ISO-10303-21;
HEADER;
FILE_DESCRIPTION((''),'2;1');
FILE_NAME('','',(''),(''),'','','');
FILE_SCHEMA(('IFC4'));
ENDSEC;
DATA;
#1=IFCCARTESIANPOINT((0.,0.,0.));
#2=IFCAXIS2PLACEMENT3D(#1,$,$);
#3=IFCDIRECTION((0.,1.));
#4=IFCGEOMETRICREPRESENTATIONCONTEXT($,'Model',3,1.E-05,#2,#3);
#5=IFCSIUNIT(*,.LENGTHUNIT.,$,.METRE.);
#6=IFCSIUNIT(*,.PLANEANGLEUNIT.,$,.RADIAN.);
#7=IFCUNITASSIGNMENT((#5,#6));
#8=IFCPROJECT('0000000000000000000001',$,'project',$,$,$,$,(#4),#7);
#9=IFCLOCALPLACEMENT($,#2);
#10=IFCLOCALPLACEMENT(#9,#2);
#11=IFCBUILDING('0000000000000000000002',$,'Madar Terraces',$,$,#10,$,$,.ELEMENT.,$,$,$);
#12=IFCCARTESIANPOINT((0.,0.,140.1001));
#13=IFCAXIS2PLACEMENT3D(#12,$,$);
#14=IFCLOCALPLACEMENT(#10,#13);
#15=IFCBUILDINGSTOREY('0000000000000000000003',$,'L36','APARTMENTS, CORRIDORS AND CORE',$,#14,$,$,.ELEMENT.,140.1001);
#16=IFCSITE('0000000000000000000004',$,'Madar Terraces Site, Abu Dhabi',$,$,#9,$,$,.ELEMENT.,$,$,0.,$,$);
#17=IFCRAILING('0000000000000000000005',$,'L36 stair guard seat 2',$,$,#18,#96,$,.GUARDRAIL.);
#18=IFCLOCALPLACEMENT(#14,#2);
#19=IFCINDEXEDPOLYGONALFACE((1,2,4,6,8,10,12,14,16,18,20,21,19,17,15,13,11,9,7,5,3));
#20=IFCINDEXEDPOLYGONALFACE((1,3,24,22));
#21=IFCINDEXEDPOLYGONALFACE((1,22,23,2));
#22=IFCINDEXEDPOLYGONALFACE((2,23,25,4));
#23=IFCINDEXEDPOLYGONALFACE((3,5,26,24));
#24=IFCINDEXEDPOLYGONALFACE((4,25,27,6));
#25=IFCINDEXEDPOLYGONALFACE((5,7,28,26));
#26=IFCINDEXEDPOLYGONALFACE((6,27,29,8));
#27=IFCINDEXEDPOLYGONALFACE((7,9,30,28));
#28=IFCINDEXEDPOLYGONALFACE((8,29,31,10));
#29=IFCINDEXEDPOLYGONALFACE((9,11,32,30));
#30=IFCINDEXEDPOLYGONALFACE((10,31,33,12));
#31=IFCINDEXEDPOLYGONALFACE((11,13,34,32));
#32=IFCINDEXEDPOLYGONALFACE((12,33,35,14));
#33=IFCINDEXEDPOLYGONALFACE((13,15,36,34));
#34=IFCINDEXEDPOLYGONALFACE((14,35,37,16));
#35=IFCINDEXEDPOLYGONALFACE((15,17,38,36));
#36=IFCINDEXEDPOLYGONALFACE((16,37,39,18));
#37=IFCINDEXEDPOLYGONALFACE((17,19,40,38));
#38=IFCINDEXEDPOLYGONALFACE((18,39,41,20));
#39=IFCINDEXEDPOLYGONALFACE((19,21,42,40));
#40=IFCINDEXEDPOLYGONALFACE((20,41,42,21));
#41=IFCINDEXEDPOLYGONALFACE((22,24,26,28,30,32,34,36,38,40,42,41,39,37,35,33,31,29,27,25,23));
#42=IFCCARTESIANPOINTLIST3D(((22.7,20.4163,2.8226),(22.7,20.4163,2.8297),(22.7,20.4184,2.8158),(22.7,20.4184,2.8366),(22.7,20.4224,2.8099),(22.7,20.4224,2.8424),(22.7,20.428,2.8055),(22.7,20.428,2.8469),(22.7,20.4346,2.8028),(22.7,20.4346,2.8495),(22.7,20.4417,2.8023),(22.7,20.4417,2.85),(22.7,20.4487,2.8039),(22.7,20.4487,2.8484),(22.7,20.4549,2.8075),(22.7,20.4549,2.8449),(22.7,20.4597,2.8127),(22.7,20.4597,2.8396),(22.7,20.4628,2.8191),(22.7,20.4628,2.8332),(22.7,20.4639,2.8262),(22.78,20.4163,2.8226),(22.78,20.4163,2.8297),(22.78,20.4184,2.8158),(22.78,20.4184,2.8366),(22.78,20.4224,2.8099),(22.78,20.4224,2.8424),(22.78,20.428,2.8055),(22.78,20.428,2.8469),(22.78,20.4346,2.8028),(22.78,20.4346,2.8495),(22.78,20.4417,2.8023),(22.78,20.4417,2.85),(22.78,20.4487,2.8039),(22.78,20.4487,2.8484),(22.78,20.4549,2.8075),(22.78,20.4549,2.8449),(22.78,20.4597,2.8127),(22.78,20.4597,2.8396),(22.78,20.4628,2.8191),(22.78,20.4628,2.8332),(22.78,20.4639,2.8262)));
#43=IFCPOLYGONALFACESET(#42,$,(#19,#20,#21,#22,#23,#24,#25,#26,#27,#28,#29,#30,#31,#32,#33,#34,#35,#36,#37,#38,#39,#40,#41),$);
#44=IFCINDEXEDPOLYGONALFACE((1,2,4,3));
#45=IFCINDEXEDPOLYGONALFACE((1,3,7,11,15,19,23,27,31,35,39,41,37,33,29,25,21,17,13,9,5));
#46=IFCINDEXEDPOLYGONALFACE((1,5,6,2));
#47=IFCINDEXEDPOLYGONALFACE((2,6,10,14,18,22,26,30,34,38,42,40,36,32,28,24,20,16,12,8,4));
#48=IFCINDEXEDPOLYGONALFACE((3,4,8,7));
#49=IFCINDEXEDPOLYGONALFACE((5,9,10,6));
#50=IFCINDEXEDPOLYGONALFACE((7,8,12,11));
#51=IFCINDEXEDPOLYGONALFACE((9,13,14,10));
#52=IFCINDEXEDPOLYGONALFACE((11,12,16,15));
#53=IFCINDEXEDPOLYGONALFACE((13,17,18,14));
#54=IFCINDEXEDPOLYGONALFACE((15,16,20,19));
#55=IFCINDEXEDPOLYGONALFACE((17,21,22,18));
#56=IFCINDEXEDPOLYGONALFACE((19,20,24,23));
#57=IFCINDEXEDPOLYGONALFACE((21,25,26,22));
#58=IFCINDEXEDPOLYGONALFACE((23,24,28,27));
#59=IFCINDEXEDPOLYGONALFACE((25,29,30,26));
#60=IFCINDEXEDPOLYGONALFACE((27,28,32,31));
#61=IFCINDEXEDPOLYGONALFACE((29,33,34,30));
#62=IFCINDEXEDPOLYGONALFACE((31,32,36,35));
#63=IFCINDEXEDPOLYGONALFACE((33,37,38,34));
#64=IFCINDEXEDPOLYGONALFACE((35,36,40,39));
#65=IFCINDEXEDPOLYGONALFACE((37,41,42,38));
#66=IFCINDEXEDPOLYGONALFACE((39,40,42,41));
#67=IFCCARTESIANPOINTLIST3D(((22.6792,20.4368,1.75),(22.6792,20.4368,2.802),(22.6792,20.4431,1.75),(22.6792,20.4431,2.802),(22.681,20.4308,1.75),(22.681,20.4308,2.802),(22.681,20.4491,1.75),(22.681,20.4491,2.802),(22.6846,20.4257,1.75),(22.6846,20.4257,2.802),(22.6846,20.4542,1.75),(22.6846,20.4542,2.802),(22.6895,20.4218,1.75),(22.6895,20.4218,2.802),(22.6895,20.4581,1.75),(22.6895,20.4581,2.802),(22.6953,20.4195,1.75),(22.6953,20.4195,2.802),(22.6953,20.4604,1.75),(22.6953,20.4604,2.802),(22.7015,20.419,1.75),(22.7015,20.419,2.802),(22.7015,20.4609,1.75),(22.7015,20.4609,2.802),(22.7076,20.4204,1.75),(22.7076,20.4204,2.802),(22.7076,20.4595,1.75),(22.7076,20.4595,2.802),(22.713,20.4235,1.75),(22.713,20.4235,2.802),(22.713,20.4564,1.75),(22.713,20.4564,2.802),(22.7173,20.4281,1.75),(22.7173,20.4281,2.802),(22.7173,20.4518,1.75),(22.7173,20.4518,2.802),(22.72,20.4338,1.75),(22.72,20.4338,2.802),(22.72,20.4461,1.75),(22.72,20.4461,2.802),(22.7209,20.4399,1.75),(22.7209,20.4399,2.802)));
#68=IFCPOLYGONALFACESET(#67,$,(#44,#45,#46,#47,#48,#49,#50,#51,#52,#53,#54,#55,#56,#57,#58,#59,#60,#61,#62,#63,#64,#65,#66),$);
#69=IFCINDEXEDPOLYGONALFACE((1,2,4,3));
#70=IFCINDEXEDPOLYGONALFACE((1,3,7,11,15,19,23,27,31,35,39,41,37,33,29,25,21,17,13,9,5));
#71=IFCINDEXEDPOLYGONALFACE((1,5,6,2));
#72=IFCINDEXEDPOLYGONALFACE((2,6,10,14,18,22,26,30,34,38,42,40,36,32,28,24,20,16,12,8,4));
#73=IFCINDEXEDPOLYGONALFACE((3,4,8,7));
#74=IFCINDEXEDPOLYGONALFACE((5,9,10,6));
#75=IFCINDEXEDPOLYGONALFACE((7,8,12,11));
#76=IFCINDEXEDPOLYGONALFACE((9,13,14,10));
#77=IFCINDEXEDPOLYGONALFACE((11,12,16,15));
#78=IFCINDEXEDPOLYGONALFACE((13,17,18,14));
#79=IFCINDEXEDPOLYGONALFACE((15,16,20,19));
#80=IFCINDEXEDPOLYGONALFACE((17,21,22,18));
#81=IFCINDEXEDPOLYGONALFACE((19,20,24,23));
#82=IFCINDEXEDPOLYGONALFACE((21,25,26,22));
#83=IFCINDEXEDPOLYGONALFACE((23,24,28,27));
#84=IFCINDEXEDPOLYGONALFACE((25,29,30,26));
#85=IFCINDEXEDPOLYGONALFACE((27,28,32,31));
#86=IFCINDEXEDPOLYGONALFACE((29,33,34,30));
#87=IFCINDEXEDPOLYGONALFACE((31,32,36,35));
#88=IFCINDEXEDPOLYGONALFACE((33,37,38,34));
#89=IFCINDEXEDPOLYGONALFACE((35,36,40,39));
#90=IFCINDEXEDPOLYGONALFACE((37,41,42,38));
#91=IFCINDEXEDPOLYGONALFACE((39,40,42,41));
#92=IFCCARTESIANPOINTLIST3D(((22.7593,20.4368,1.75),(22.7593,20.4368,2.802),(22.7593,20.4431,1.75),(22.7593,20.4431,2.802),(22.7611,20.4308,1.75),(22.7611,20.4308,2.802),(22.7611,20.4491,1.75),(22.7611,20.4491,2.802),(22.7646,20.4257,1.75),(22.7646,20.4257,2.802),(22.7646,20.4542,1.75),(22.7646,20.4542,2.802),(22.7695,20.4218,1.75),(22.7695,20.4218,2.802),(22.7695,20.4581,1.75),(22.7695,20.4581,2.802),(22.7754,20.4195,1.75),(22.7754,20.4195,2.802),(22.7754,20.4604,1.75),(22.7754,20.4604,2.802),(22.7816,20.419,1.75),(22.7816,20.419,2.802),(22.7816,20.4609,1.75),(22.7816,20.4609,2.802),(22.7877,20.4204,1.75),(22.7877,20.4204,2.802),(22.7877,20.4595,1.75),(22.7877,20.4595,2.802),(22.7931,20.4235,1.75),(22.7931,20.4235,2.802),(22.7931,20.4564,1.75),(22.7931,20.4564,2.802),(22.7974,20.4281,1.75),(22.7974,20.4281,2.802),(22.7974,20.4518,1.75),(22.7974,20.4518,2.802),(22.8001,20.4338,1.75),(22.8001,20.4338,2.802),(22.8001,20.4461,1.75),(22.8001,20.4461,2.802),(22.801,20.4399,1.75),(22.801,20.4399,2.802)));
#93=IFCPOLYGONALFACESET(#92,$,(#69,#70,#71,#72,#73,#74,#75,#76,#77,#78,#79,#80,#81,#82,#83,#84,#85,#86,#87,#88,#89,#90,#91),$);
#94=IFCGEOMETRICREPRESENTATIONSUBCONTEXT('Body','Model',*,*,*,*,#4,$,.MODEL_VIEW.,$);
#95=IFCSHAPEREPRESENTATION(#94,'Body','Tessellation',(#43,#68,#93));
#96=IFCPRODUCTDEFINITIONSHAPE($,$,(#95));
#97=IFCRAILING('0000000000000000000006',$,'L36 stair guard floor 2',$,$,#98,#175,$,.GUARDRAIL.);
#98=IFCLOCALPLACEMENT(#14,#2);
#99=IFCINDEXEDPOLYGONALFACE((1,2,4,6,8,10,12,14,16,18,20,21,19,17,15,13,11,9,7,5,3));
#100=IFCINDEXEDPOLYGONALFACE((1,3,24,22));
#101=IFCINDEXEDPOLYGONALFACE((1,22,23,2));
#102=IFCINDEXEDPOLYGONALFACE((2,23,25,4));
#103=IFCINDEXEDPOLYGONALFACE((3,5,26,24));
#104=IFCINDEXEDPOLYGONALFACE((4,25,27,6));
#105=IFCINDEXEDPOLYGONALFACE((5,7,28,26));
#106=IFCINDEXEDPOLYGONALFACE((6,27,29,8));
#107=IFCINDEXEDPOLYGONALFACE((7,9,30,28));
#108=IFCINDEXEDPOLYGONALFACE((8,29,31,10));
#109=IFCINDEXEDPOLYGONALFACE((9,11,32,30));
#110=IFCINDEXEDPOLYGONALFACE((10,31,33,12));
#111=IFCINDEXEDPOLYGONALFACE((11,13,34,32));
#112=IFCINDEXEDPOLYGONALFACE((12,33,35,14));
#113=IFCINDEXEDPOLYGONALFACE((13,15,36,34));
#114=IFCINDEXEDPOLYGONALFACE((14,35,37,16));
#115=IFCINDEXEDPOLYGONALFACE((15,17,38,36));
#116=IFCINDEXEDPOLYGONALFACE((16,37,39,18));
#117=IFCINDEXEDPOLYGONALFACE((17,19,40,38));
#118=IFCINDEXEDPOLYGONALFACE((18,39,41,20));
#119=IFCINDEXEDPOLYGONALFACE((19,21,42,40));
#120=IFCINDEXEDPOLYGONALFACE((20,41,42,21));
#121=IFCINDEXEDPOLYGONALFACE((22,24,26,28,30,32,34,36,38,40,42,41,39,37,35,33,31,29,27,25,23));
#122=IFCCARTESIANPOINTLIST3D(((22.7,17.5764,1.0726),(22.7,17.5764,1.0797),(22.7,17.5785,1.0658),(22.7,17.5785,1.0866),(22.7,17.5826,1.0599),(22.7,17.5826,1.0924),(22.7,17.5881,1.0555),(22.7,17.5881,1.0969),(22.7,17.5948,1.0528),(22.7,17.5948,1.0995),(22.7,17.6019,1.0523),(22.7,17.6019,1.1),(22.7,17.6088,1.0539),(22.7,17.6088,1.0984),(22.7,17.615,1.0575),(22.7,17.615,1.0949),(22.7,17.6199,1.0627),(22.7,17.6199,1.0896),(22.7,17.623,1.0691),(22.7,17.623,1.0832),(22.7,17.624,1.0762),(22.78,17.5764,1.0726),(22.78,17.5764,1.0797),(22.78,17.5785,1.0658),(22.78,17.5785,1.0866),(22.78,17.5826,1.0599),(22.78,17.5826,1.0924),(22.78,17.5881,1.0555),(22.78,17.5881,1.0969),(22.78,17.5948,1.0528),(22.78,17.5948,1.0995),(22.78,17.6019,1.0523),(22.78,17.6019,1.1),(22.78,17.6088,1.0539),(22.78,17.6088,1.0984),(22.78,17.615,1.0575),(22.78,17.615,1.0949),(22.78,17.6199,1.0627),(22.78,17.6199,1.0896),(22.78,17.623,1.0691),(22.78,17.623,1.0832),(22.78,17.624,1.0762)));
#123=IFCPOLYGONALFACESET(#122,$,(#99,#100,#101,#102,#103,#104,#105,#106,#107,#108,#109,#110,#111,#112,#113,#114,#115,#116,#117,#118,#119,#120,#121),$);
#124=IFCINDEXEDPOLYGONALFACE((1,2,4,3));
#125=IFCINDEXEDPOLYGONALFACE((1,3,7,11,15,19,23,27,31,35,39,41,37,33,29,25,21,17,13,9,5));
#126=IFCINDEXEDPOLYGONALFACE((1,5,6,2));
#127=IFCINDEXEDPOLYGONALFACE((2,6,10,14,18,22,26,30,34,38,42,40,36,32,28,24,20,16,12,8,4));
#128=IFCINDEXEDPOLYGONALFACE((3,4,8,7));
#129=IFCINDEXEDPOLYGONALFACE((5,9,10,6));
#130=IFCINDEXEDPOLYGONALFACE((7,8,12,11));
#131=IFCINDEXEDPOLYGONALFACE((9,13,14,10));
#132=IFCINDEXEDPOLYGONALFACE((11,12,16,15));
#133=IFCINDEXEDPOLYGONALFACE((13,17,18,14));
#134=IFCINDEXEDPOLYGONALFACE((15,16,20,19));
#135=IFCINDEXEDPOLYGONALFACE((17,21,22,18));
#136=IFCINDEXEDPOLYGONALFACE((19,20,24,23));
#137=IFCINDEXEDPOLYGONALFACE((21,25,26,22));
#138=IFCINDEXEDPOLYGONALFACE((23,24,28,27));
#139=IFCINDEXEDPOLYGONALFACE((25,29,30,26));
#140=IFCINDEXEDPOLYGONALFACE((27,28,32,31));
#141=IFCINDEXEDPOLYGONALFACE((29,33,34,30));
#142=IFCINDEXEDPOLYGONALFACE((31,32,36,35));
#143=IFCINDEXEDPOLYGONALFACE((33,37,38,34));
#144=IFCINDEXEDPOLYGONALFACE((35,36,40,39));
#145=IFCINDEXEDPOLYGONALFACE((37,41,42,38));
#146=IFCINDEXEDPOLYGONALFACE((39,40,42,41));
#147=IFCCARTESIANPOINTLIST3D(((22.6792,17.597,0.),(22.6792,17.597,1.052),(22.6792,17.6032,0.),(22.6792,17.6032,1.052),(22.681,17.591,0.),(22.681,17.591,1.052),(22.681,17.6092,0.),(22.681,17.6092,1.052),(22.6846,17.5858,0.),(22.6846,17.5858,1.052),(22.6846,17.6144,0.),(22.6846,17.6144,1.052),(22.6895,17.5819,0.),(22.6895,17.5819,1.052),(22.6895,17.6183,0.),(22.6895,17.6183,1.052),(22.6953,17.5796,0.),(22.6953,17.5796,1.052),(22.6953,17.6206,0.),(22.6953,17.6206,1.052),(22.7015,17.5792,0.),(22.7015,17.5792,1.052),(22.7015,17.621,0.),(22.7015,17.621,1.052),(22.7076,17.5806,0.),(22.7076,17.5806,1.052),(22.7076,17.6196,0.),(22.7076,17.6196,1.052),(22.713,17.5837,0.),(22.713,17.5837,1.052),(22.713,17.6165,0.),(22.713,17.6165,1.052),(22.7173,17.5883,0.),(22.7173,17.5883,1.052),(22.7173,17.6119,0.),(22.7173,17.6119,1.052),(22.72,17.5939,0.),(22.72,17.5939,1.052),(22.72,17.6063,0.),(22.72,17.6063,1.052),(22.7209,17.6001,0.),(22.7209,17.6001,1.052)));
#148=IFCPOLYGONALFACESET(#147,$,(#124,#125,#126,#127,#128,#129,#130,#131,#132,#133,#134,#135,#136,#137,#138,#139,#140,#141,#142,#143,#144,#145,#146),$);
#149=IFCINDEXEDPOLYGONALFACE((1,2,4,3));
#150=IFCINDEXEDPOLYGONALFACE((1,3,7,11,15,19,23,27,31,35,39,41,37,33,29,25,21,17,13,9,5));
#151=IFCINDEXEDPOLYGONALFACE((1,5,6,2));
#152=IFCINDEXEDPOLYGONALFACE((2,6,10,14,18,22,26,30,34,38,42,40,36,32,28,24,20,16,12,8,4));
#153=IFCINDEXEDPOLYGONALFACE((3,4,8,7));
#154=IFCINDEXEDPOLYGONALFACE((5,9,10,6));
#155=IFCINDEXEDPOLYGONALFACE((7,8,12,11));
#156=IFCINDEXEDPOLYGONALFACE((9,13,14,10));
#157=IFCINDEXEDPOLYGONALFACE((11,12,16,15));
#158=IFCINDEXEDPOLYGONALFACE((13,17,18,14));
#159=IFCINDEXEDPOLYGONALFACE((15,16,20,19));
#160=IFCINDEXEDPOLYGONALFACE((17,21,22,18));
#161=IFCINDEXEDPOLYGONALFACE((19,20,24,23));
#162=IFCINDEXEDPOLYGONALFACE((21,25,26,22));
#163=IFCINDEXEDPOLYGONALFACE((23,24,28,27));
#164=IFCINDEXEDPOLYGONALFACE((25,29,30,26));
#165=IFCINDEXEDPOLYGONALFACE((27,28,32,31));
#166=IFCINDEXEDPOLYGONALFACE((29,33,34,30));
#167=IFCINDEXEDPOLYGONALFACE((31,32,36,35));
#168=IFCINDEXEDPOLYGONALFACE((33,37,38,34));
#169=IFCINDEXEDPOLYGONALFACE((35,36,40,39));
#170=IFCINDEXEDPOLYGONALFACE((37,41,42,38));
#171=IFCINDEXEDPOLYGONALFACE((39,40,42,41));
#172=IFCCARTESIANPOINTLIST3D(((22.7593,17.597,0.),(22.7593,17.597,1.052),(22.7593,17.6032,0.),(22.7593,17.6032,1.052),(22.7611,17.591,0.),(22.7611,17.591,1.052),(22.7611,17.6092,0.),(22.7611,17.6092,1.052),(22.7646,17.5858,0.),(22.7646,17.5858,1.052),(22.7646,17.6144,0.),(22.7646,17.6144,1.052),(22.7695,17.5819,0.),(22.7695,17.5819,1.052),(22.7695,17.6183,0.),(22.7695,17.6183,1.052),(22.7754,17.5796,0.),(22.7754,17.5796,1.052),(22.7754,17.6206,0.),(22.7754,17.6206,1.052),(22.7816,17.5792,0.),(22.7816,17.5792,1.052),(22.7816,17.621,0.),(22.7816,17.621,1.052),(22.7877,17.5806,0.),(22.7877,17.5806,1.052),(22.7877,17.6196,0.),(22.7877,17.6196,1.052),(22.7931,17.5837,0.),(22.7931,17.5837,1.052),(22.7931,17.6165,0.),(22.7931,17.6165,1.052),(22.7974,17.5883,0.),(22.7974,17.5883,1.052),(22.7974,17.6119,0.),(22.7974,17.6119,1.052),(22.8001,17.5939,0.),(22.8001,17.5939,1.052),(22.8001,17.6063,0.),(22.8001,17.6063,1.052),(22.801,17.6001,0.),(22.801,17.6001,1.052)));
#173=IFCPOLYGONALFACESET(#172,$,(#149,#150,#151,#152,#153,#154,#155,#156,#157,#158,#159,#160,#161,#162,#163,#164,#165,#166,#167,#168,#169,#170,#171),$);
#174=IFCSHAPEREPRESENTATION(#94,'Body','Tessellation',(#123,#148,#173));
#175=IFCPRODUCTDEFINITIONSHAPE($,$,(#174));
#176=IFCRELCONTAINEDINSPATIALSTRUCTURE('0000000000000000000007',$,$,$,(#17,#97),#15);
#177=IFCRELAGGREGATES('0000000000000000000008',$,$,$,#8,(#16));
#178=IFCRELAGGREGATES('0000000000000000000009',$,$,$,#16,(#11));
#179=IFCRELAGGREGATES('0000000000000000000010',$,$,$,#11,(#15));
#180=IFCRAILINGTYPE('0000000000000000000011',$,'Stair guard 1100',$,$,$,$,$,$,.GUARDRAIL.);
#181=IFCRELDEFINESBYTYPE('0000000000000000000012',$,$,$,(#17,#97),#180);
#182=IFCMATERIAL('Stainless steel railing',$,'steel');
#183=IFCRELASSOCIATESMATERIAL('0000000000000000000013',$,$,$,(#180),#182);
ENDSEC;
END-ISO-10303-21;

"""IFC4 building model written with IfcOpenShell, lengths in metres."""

from ifc_helpers import new_model, si_unit, direction, frame, origin, origin_2d, place, context, subcontext, project, spatial, circle, extrude, material, type_object, element, save


model = new_model("IFC4")

# Units and contexts
model_context = context("Model", 3, precision=1e-05, world=origin(), true_north=direction((0.0, 1.0)))
body_context = subcontext(model_context, "Body", "Model", "MODEL_VIEW")
ifc_project = project(units=[si_unit("LENGTHUNIT", "METRE"), si_unit("PLANEANGLEUNIT", "RADIAN")], contexts=[model_context])

# Site, building, storey
site_placement = place(None, origin())
site = spatial("IfcSite", under=ifc_project, at=site_placement, Name="Madar Terraces Site, Abu Dhabi", CompositionType="ELEMENT", RefElevation=0.0)
building_placement = place(site_placement, origin())
building = spatial("IfcBuilding", under=site, at=building_placement, Name="Madar Terraces", CompositionType="ELEMENT")
storey_placement = place(building_placement, frame((0.0, 0.0, 140.1001)))
storey = spatial("IfcBuildingStorey", under=building, at=storey_placement, Name="L36", Description="APARTMENTS, CORRIDORS AND CORE", CompositionType="ELEMENT", Elevation=140.1001)

# Railings
ifc_material_1 = material(Name="Stainless steel railing", Category="steel")
railing_type_1 = type_object("IfcRailingType", Name="Stair guard 1100", PredefinedType="GUARDRAIL", material=ifc_material_1)
for number, where, name in (
    (1, (22.7, 20.4399, 1.75), "L36 stair guard seat 2"),
    (2, (22.7, 17.6001, 0.0), "L36 stair guard floor 2"),
):
    element("IfcRailing", number, at=place(storey_placement, frame(where)), inside=storey, type_object=railing_type_1, Name=name, PredefinedType="GUARDRAIL", context=body_context, shape_type="SweptSolid", body=[
        extrude(circle(Radius=0.0239, at=origin_2d()), frame((0.0, 0.0, 1.0762), z_axis=(1.0, 0.0, 0.0), x_axis=(0.0, 1.0, 0.0)), (0.0, 0.0, 1.0), 0.0801),
        extrude(circle(Radius=0.021, at=origin_2d()), origin(), (0.0, 0.0, 1.0), 1.052),
        extrude(circle(Radius=0.021, at=origin_2d()), frame((0.0801, 0.0, 0.0)), (0.0, 0.0, 1.0), 1.052),
    ])

save(model, "model.ifc")
